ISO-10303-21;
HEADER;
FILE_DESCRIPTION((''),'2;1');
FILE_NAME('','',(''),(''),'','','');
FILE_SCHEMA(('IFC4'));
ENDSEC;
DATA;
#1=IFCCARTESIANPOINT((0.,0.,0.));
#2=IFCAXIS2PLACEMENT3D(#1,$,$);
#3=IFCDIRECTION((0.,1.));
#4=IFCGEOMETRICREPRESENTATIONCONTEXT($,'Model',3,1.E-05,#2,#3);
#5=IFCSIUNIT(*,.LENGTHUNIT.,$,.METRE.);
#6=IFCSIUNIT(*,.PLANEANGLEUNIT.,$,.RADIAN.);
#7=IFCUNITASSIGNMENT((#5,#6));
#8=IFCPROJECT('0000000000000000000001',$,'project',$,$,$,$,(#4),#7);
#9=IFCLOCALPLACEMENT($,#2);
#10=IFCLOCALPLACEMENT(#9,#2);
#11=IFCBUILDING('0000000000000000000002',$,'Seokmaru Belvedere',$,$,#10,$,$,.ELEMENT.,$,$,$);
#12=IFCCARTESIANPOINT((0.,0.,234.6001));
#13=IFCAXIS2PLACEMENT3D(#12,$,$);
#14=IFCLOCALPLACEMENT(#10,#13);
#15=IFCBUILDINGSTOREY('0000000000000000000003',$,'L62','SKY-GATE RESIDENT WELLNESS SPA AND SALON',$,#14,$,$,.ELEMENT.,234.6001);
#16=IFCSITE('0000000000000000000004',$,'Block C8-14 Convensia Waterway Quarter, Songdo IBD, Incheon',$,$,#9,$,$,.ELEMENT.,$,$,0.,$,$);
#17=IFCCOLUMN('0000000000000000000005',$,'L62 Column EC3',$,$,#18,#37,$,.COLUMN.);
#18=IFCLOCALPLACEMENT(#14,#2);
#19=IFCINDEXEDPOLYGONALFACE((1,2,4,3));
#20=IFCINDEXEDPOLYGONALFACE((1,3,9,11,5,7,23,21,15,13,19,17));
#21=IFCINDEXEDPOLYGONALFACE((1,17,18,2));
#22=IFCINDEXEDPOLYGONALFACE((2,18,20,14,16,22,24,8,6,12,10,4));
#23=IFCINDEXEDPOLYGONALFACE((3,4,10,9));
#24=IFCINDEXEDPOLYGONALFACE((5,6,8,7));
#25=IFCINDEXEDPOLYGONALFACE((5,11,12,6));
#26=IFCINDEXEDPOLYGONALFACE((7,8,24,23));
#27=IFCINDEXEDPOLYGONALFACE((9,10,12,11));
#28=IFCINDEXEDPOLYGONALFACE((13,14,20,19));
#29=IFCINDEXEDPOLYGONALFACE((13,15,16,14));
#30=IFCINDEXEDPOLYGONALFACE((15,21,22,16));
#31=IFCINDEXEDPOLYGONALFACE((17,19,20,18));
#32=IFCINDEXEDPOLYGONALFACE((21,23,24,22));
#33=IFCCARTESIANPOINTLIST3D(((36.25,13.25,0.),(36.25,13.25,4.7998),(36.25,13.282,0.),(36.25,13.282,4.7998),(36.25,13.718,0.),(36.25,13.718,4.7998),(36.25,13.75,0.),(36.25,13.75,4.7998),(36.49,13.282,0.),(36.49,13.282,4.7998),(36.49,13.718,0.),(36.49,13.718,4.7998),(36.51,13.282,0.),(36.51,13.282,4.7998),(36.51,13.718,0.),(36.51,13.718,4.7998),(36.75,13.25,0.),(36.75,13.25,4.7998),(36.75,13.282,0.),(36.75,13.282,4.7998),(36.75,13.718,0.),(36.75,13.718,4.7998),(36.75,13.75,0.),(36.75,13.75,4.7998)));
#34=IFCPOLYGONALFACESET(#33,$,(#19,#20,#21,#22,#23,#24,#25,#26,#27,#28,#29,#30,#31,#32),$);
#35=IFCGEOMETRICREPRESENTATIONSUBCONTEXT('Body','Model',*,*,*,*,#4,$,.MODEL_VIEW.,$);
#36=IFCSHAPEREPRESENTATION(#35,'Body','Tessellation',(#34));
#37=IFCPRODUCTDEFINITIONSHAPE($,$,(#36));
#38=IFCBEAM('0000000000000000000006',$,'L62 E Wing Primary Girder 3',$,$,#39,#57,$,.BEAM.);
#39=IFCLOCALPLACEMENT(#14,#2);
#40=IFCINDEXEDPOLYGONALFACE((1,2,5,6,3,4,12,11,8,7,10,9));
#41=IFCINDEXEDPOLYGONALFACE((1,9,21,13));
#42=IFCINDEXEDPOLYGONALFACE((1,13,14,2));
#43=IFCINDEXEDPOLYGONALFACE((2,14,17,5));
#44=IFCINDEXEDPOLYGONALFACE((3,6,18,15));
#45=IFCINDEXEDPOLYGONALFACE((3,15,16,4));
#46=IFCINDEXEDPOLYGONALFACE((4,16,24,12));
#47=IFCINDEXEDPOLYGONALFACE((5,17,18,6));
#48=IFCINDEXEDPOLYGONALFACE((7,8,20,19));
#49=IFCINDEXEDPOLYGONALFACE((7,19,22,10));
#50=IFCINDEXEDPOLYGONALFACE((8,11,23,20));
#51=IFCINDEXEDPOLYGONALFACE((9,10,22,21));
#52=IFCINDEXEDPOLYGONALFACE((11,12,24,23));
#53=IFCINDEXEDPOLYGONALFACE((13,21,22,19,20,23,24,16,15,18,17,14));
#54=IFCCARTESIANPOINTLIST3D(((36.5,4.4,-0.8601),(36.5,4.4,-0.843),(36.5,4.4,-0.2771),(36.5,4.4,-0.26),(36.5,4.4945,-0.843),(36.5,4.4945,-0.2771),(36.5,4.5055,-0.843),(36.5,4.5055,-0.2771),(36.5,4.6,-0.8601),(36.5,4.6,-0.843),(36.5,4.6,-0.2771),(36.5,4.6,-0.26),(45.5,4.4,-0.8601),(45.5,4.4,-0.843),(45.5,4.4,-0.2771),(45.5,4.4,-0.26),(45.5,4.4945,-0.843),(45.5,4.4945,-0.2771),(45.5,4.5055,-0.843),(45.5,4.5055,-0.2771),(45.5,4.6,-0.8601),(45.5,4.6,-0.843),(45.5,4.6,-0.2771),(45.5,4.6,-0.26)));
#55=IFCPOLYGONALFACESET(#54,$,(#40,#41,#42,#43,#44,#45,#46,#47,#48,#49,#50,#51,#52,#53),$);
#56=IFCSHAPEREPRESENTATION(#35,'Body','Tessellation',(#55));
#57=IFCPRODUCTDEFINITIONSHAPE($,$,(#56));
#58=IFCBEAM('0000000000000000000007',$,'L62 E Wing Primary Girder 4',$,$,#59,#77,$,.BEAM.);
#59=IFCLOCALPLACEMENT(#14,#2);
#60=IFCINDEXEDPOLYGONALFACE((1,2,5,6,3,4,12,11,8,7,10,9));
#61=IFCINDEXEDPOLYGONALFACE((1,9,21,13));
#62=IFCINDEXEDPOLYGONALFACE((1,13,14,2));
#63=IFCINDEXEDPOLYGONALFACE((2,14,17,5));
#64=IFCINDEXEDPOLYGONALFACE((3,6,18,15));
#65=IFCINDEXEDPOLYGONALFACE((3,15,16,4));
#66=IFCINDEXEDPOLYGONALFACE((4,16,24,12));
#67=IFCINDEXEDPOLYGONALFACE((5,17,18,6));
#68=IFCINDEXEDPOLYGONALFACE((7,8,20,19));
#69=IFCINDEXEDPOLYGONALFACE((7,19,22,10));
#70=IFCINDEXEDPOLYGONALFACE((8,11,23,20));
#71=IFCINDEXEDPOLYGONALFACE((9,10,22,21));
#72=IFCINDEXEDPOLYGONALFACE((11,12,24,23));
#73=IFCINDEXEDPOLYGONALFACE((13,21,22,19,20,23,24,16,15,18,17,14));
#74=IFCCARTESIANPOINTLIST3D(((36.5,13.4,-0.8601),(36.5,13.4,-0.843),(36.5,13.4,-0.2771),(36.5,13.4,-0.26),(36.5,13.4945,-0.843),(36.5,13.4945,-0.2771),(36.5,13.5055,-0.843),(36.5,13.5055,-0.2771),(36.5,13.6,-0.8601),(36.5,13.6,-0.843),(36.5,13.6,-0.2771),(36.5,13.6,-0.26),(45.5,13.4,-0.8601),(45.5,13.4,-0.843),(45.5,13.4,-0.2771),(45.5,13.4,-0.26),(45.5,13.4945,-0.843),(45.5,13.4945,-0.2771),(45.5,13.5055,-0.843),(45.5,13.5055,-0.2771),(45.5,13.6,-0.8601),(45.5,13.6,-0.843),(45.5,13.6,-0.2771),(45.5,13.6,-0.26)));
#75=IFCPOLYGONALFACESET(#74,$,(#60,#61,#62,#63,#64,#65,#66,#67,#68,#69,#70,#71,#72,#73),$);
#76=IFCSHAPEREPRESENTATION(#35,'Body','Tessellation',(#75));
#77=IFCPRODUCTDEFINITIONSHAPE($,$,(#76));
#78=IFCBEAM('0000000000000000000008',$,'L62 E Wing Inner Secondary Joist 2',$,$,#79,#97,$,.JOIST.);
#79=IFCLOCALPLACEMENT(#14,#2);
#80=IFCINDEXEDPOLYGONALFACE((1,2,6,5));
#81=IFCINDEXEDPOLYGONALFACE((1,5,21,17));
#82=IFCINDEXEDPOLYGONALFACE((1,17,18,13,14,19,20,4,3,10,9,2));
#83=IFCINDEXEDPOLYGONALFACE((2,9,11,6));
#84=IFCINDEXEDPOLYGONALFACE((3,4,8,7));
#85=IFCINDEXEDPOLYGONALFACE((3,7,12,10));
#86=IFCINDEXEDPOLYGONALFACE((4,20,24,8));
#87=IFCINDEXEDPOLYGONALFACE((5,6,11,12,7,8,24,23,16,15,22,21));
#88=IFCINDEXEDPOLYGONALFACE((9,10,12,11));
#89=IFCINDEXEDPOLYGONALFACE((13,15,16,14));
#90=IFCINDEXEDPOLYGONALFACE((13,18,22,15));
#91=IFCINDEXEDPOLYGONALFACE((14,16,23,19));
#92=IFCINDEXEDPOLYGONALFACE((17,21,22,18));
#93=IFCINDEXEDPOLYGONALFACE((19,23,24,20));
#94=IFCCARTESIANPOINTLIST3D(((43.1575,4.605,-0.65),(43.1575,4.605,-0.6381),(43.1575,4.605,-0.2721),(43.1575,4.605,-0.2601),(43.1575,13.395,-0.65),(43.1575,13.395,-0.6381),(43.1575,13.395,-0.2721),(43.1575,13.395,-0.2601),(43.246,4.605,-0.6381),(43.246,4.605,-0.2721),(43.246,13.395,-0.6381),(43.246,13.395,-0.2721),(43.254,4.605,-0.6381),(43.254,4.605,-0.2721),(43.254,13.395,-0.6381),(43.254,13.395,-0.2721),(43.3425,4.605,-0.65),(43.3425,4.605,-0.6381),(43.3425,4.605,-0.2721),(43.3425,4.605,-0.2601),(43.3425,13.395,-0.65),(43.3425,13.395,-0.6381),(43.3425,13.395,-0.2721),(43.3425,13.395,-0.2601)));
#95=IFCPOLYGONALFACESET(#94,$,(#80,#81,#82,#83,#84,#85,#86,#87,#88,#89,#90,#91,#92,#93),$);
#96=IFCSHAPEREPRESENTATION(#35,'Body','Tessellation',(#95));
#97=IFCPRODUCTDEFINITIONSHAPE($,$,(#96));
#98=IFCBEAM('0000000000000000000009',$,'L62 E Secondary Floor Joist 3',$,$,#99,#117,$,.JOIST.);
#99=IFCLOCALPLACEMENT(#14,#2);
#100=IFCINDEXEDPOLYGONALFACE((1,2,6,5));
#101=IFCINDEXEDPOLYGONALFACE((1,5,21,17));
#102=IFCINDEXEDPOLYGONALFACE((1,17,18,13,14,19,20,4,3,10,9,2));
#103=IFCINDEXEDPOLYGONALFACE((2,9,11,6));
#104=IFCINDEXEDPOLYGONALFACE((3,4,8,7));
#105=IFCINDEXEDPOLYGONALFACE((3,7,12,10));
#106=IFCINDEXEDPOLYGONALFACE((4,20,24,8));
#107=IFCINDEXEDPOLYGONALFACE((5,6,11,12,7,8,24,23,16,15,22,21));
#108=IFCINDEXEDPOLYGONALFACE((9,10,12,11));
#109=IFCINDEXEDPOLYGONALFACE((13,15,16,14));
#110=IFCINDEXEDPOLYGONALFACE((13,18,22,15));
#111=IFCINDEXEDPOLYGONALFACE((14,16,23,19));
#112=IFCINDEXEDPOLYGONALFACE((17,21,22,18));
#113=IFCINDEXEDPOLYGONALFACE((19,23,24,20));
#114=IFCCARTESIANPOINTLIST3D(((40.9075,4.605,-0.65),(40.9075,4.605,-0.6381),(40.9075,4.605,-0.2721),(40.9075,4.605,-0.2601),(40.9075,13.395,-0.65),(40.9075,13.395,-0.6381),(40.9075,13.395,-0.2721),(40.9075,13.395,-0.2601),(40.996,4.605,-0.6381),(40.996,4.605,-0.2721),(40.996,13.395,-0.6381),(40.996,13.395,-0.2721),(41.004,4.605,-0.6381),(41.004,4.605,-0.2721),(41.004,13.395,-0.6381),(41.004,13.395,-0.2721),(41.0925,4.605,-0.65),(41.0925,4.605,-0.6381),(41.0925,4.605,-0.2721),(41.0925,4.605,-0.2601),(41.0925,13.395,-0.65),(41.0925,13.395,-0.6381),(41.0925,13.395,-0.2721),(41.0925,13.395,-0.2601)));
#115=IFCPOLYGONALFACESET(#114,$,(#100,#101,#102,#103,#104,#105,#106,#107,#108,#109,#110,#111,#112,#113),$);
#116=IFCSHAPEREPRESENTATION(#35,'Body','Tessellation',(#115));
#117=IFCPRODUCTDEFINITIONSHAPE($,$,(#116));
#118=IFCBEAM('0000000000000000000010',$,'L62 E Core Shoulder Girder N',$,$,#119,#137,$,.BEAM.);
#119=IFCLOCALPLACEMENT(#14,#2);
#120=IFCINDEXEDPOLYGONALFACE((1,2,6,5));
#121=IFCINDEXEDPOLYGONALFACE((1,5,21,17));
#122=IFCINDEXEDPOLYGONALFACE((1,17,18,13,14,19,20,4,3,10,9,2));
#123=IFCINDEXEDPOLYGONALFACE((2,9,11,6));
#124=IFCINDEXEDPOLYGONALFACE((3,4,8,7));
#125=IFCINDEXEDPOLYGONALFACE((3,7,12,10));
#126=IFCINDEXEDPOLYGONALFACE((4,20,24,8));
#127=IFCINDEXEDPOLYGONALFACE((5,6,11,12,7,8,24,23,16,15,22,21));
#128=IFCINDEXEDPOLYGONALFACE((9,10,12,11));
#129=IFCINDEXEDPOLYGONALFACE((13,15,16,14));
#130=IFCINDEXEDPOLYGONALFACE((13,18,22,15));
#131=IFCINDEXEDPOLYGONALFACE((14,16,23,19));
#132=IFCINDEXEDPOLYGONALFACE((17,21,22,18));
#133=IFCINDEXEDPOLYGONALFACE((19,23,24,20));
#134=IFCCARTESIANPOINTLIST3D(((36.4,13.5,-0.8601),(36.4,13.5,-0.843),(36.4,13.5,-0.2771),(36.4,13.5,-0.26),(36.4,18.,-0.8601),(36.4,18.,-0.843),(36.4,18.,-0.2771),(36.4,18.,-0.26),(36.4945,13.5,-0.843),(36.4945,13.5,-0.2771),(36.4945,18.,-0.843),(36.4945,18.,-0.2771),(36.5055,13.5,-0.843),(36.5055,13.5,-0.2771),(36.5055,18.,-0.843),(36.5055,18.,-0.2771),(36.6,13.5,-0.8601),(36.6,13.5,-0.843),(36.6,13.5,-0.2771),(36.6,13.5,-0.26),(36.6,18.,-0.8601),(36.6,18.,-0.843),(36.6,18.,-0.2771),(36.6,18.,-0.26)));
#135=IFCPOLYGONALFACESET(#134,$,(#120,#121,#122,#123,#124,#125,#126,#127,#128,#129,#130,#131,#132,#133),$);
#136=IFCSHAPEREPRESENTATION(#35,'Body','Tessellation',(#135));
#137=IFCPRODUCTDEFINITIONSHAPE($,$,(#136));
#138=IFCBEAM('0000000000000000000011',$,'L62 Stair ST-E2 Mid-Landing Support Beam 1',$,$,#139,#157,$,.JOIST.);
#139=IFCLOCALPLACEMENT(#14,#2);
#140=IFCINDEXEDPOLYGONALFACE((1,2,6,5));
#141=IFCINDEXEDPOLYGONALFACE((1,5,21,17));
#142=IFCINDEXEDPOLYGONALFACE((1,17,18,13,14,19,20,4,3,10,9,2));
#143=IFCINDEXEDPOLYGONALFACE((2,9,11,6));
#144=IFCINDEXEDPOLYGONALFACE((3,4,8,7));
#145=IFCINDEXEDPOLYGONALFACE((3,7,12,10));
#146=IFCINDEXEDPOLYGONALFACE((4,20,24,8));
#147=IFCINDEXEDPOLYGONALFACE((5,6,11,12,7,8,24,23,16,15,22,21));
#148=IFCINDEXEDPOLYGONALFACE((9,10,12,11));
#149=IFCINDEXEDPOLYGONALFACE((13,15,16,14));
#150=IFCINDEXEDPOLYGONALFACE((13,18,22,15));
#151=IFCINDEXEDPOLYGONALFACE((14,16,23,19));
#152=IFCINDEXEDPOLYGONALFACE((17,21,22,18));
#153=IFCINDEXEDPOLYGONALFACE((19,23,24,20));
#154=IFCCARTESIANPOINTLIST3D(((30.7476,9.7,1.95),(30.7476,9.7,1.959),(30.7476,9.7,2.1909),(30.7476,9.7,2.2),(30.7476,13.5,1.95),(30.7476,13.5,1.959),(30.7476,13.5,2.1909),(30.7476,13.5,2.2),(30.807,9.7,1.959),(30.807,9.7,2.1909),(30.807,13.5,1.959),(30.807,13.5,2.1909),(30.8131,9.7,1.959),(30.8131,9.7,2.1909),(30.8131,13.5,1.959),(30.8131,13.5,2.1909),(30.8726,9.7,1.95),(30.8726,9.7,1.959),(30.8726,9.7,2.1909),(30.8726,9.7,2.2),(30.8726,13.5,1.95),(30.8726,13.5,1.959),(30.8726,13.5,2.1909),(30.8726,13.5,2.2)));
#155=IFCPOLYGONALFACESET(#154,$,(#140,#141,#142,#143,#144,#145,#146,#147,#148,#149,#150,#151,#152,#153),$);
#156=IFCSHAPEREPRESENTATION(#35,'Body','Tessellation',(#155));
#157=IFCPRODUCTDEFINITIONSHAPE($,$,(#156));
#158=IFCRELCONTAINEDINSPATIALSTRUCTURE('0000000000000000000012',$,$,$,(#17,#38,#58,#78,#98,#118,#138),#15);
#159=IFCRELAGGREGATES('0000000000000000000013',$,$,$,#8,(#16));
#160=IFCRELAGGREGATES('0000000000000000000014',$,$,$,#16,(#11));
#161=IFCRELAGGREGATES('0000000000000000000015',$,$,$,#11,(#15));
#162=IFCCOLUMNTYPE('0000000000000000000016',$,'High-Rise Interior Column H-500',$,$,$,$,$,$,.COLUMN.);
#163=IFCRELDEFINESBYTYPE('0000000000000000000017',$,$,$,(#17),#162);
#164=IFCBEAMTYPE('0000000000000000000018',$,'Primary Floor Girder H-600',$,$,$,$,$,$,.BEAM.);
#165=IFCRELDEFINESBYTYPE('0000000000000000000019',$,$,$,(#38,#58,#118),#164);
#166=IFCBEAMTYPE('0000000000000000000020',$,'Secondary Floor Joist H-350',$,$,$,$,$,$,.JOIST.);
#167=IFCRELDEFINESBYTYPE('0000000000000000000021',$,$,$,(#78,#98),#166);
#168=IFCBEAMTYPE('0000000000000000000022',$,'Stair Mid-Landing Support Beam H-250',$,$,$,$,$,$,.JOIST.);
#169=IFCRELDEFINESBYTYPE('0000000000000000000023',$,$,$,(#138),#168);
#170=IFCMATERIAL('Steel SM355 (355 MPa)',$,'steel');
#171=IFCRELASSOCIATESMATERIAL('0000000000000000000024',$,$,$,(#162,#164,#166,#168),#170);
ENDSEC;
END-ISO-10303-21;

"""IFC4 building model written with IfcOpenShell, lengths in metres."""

from ifc_helpers import new_model, si_unit, direction, frame, origin, origin_2d, place, context, subcontext, project, spatial, i_section, extrude, source, transform, mapped, material, material_profile, profile_set, type_object, type_shapes, element, save


model = new_model("IFC4")

# Units and contexts
model_context = context("Model", 3, precision=1e-05, world=origin(), true_north=direction((0.0, 1.0)))
body_context = subcontext(model_context, "Body", "Model", "MODEL_VIEW")
ifc_project = project(units=[si_unit("LENGTHUNIT", "METRE"), si_unit("PLANEANGLEUNIT", "RADIAN")], contexts=[model_context])

# Site, building, storey
site_placement = place(None, origin())
site = spatial("IfcSite", under=ifc_project, at=site_placement, Name="Block C8-14 Convensia Waterway Quarter, Songdo IBD, Incheon", CompositionType="ELEMENT", RefElevation=0.0)
building_placement = place(site_placement, origin())
building = spatial("IfcBuilding", under=site, at=building_placement, Name="Seokmaru Belvedere", CompositionType="ELEMENT")
storey_placement = place(building_placement, frame((0.0, 0.0, 234.6001)))
storey = spatial("IfcBuildingStorey", under=building, at=storey_placement, Name="L62", Description="SKY-GATE RESIDENT WELLNESS SPA AND SALON", CompositionType="ELEMENT", Elevation=234.6001)

# Column
ifc_material_1 = material(Name="Steel SM355 (355 MPa)", Category="steel")
ifc_material_profile_1 = material_profile(ifc_material_1, i_section(OverallWidth=0.5, OverallDepth=0.5, WebThickness=0.02, FlangeThickness=0.032, at=origin_2d()), Name="H-500x500x20x32")
ifc_profile_set_1 = profile_set([ifc_material_profile_1], Name="Steel SM355 (355 MPa)")
column_type = type_object("IfcColumnType", Name="High-Rise Interior Column H-500", PredefinedType="COLUMN", material=ifc_profile_set_1)
shared_shape_1 = source(origin(), body_context, "Body", "SweptSolid", [
    extrude(i_section(OverallWidth=0.5, OverallDepth=0.5, WebThickness=0.02, FlangeThickness=0.032, at=origin_2d()), origin(), (0.0, 0.0, 1.0), 4.7998),
])
type_shapes(column_type, [shared_shape_1])
column_placement = place(storey_placement, frame((36.5, 13.5, 0.0), z_axis=(0.0, 0.0, 1.0), x_axis=(1.0, 0.0, 0.0)))
element("IfcColumn", 1, at=column_placement, inside=storey, type_object=column_type, Name="L62 Column EC3", PredefinedType="COLUMN", context=body_context, shape_type="MappedRepresentation", body=[
    mapped(shared_shape_1, transform((0.0, 0.0, 0.0), scale=1.0)),
])

# Beams
ifc_material_profile_2 = material_profile(ifc_material_1, i_section(OverallWidth=0.2, OverallDepth=0.6001, WebThickness=0.011, FlangeThickness=0.0171, at=origin_2d()), Name="H-600x200x11x17")
ifc_profile_set_2 = profile_set([ifc_material_profile_2], Name="Steel SM355 (355 MPa)")
beam_type_1 = type_object("IfcBeamType", Name="Primary Floor Girder H-600", PredefinedType="BEAM", material=ifc_profile_set_2)
shared_shape_2 = source(origin(), body_context, "Body", "SweptSolid", [
    extrude(i_section(OverallWidth=0.2, OverallDepth=0.6001, WebThickness=0.011, FlangeThickness=0.0171, at=origin_2d()), origin(), (0.0, 0.0, 1.0), 9.0),
])
for number, where, z_axis, x_axis, name in (
    (2, (36.5, 4.5, -0.5601), (1.0, 0.0, 0.0), (0.0, 1.0, 0.0), "L62 E Wing Primary Girder 3"),
    (3, (36.5, 13.5, -0.5601), (1.0, 0.0, 0.0), (0.0, 1.0, 0.0), "L62 E Wing Primary Girder 4"),
):
    element("IfcBeam", number, at=place(storey_placement, frame(where, z_axis=z_axis, x_axis=x_axis)), inside=storey, type_object=beam_type_1, Name=name, PredefinedType="BEAM", context=body_context, shape_type="MappedRepresentation", body=[
        mapped(shared_shape_2, transform((0.0, 0.0, 0.0), scale=1.0)),
    ])
ifc_material_profile_3 = material_profile(ifc_material_1, i_section(OverallWidth=0.1851, OverallDepth=0.3899, WebThickness=0.0081, FlangeThickness=0.012, at=origin_2d()), Name="H-390x185x8x12")
ifc_profile_set_3 = profile_set([ifc_material_profile_3], Name="Steel SM355 (355 MPa)")
beam_type_2 = type_object("IfcBeamType", Name="Secondary Floor Joist H-350", PredefinedType="JOIST", material=ifc_profile_set_3)
shared_shape_3 = source(origin(), body_context, "Body", "SweptSolid", [
    extrude(i_section(OverallWidth=0.1851, OverallDepth=0.3899, WebThickness=0.0081, FlangeThickness=0.012, at=origin_2d()), origin(), (0.0, 0.0, 1.0), 8.79),
])
type_shapes(beam_type_2, [shared_shape_3])
for number, where, z_axis, x_axis, name in (
    (4, (43.25, 4.605, -0.4551), (0.0, 1.0, 0.0), (-1.0, 0.0, 0.0), "L62 E Wing Inner Secondary Joist 2"),
    (5, (41.0, 4.605, -0.4551), (0.0, 1.0, 0.0), (-1.0, 0.0, 0.0), "L62 E Secondary Floor Joist 3"),
):
    element("IfcBeam", number, at=place(storey_placement, frame(where, z_axis=z_axis, x_axis=x_axis)), inside=storey, type_object=beam_type_2, Name=name, PredefinedType="JOIST", context=body_context, shape_type="MappedRepresentation", body=[
        mapped(shared_shape_3, transform((0.0, 0.0, 0.0), scale=1.0)),
    ])
shared_shape_4 = source(origin(), body_context, "Body", "SweptSolid", [
    extrude(i_section(OverallWidth=0.2, OverallDepth=0.6001, WebThickness=0.011, FlangeThickness=0.0171, at=origin_2d()), origin(), (0.0, 0.0, 1.0), 4.5),
])
type_shapes(beam_type_1, [shared_shape_2, shared_shape_4])
beam_1_placement = place(storey_placement, frame((36.5, 13.5, -0.5601), z_axis=(0.0, 1.0, 0.0), x_axis=(-1.0, 0.0, 0.0)))
element("IfcBeam", 6, at=beam_1_placement, inside=storey, type_object=beam_type_1, Name="L62 E Core Shoulder Girder N", PredefinedType="BEAM", context=body_context, shape_type="MappedRepresentation", body=[
    mapped(shared_shape_4, transform((0.0, 0.0, 0.0), scale=1.0)),
])
ifc_material_profile_4 = material_profile(ifc_material_1, i_section(OverallWidth=0.125, OverallDepth=0.25, WebThickness=0.0061, FlangeThickness=0.009, at=origin_2d()), Name="H-250x125x6x9")
ifc_profile_set_4 = profile_set([ifc_material_profile_4], Name="Steel SM355 (355 MPa)")
beam_type_3 = type_object("IfcBeamType", Name="Stair Mid-Landing Support Beam H-250", PredefinedType="JOIST", material=ifc_profile_set_4)
shared_shape_5 = source(origin(), body_context, "Body", "SweptSolid", [
    extrude(i_section(OverallWidth=0.125, OverallDepth=0.25, WebThickness=0.0061, FlangeThickness=0.009, at=origin_2d()), origin(), (0.0, 0.0, 1.0), 3.8),
])
type_shapes(beam_type_3, [shared_shape_5])
beam_2_placement = place(storey_placement, frame((30.8101, 9.7, 2.075), z_axis=(0.0, 1.0, 0.0), x_axis=(-1.0, 0.0, 0.0)))
element("IfcBeam", 7, at=beam_2_placement, inside=storey, type_object=beam_type_3, Name="L62 Stair ST-E2 Mid-Landing Support Beam 1", PredefinedType="JOIST", context=body_context, shape_type="MappedRepresentation", body=[
    mapped(shared_shape_5, transform((0.0, 0.0, 0.0), scale=1.0)),
])

save(model, "model.ifc")
